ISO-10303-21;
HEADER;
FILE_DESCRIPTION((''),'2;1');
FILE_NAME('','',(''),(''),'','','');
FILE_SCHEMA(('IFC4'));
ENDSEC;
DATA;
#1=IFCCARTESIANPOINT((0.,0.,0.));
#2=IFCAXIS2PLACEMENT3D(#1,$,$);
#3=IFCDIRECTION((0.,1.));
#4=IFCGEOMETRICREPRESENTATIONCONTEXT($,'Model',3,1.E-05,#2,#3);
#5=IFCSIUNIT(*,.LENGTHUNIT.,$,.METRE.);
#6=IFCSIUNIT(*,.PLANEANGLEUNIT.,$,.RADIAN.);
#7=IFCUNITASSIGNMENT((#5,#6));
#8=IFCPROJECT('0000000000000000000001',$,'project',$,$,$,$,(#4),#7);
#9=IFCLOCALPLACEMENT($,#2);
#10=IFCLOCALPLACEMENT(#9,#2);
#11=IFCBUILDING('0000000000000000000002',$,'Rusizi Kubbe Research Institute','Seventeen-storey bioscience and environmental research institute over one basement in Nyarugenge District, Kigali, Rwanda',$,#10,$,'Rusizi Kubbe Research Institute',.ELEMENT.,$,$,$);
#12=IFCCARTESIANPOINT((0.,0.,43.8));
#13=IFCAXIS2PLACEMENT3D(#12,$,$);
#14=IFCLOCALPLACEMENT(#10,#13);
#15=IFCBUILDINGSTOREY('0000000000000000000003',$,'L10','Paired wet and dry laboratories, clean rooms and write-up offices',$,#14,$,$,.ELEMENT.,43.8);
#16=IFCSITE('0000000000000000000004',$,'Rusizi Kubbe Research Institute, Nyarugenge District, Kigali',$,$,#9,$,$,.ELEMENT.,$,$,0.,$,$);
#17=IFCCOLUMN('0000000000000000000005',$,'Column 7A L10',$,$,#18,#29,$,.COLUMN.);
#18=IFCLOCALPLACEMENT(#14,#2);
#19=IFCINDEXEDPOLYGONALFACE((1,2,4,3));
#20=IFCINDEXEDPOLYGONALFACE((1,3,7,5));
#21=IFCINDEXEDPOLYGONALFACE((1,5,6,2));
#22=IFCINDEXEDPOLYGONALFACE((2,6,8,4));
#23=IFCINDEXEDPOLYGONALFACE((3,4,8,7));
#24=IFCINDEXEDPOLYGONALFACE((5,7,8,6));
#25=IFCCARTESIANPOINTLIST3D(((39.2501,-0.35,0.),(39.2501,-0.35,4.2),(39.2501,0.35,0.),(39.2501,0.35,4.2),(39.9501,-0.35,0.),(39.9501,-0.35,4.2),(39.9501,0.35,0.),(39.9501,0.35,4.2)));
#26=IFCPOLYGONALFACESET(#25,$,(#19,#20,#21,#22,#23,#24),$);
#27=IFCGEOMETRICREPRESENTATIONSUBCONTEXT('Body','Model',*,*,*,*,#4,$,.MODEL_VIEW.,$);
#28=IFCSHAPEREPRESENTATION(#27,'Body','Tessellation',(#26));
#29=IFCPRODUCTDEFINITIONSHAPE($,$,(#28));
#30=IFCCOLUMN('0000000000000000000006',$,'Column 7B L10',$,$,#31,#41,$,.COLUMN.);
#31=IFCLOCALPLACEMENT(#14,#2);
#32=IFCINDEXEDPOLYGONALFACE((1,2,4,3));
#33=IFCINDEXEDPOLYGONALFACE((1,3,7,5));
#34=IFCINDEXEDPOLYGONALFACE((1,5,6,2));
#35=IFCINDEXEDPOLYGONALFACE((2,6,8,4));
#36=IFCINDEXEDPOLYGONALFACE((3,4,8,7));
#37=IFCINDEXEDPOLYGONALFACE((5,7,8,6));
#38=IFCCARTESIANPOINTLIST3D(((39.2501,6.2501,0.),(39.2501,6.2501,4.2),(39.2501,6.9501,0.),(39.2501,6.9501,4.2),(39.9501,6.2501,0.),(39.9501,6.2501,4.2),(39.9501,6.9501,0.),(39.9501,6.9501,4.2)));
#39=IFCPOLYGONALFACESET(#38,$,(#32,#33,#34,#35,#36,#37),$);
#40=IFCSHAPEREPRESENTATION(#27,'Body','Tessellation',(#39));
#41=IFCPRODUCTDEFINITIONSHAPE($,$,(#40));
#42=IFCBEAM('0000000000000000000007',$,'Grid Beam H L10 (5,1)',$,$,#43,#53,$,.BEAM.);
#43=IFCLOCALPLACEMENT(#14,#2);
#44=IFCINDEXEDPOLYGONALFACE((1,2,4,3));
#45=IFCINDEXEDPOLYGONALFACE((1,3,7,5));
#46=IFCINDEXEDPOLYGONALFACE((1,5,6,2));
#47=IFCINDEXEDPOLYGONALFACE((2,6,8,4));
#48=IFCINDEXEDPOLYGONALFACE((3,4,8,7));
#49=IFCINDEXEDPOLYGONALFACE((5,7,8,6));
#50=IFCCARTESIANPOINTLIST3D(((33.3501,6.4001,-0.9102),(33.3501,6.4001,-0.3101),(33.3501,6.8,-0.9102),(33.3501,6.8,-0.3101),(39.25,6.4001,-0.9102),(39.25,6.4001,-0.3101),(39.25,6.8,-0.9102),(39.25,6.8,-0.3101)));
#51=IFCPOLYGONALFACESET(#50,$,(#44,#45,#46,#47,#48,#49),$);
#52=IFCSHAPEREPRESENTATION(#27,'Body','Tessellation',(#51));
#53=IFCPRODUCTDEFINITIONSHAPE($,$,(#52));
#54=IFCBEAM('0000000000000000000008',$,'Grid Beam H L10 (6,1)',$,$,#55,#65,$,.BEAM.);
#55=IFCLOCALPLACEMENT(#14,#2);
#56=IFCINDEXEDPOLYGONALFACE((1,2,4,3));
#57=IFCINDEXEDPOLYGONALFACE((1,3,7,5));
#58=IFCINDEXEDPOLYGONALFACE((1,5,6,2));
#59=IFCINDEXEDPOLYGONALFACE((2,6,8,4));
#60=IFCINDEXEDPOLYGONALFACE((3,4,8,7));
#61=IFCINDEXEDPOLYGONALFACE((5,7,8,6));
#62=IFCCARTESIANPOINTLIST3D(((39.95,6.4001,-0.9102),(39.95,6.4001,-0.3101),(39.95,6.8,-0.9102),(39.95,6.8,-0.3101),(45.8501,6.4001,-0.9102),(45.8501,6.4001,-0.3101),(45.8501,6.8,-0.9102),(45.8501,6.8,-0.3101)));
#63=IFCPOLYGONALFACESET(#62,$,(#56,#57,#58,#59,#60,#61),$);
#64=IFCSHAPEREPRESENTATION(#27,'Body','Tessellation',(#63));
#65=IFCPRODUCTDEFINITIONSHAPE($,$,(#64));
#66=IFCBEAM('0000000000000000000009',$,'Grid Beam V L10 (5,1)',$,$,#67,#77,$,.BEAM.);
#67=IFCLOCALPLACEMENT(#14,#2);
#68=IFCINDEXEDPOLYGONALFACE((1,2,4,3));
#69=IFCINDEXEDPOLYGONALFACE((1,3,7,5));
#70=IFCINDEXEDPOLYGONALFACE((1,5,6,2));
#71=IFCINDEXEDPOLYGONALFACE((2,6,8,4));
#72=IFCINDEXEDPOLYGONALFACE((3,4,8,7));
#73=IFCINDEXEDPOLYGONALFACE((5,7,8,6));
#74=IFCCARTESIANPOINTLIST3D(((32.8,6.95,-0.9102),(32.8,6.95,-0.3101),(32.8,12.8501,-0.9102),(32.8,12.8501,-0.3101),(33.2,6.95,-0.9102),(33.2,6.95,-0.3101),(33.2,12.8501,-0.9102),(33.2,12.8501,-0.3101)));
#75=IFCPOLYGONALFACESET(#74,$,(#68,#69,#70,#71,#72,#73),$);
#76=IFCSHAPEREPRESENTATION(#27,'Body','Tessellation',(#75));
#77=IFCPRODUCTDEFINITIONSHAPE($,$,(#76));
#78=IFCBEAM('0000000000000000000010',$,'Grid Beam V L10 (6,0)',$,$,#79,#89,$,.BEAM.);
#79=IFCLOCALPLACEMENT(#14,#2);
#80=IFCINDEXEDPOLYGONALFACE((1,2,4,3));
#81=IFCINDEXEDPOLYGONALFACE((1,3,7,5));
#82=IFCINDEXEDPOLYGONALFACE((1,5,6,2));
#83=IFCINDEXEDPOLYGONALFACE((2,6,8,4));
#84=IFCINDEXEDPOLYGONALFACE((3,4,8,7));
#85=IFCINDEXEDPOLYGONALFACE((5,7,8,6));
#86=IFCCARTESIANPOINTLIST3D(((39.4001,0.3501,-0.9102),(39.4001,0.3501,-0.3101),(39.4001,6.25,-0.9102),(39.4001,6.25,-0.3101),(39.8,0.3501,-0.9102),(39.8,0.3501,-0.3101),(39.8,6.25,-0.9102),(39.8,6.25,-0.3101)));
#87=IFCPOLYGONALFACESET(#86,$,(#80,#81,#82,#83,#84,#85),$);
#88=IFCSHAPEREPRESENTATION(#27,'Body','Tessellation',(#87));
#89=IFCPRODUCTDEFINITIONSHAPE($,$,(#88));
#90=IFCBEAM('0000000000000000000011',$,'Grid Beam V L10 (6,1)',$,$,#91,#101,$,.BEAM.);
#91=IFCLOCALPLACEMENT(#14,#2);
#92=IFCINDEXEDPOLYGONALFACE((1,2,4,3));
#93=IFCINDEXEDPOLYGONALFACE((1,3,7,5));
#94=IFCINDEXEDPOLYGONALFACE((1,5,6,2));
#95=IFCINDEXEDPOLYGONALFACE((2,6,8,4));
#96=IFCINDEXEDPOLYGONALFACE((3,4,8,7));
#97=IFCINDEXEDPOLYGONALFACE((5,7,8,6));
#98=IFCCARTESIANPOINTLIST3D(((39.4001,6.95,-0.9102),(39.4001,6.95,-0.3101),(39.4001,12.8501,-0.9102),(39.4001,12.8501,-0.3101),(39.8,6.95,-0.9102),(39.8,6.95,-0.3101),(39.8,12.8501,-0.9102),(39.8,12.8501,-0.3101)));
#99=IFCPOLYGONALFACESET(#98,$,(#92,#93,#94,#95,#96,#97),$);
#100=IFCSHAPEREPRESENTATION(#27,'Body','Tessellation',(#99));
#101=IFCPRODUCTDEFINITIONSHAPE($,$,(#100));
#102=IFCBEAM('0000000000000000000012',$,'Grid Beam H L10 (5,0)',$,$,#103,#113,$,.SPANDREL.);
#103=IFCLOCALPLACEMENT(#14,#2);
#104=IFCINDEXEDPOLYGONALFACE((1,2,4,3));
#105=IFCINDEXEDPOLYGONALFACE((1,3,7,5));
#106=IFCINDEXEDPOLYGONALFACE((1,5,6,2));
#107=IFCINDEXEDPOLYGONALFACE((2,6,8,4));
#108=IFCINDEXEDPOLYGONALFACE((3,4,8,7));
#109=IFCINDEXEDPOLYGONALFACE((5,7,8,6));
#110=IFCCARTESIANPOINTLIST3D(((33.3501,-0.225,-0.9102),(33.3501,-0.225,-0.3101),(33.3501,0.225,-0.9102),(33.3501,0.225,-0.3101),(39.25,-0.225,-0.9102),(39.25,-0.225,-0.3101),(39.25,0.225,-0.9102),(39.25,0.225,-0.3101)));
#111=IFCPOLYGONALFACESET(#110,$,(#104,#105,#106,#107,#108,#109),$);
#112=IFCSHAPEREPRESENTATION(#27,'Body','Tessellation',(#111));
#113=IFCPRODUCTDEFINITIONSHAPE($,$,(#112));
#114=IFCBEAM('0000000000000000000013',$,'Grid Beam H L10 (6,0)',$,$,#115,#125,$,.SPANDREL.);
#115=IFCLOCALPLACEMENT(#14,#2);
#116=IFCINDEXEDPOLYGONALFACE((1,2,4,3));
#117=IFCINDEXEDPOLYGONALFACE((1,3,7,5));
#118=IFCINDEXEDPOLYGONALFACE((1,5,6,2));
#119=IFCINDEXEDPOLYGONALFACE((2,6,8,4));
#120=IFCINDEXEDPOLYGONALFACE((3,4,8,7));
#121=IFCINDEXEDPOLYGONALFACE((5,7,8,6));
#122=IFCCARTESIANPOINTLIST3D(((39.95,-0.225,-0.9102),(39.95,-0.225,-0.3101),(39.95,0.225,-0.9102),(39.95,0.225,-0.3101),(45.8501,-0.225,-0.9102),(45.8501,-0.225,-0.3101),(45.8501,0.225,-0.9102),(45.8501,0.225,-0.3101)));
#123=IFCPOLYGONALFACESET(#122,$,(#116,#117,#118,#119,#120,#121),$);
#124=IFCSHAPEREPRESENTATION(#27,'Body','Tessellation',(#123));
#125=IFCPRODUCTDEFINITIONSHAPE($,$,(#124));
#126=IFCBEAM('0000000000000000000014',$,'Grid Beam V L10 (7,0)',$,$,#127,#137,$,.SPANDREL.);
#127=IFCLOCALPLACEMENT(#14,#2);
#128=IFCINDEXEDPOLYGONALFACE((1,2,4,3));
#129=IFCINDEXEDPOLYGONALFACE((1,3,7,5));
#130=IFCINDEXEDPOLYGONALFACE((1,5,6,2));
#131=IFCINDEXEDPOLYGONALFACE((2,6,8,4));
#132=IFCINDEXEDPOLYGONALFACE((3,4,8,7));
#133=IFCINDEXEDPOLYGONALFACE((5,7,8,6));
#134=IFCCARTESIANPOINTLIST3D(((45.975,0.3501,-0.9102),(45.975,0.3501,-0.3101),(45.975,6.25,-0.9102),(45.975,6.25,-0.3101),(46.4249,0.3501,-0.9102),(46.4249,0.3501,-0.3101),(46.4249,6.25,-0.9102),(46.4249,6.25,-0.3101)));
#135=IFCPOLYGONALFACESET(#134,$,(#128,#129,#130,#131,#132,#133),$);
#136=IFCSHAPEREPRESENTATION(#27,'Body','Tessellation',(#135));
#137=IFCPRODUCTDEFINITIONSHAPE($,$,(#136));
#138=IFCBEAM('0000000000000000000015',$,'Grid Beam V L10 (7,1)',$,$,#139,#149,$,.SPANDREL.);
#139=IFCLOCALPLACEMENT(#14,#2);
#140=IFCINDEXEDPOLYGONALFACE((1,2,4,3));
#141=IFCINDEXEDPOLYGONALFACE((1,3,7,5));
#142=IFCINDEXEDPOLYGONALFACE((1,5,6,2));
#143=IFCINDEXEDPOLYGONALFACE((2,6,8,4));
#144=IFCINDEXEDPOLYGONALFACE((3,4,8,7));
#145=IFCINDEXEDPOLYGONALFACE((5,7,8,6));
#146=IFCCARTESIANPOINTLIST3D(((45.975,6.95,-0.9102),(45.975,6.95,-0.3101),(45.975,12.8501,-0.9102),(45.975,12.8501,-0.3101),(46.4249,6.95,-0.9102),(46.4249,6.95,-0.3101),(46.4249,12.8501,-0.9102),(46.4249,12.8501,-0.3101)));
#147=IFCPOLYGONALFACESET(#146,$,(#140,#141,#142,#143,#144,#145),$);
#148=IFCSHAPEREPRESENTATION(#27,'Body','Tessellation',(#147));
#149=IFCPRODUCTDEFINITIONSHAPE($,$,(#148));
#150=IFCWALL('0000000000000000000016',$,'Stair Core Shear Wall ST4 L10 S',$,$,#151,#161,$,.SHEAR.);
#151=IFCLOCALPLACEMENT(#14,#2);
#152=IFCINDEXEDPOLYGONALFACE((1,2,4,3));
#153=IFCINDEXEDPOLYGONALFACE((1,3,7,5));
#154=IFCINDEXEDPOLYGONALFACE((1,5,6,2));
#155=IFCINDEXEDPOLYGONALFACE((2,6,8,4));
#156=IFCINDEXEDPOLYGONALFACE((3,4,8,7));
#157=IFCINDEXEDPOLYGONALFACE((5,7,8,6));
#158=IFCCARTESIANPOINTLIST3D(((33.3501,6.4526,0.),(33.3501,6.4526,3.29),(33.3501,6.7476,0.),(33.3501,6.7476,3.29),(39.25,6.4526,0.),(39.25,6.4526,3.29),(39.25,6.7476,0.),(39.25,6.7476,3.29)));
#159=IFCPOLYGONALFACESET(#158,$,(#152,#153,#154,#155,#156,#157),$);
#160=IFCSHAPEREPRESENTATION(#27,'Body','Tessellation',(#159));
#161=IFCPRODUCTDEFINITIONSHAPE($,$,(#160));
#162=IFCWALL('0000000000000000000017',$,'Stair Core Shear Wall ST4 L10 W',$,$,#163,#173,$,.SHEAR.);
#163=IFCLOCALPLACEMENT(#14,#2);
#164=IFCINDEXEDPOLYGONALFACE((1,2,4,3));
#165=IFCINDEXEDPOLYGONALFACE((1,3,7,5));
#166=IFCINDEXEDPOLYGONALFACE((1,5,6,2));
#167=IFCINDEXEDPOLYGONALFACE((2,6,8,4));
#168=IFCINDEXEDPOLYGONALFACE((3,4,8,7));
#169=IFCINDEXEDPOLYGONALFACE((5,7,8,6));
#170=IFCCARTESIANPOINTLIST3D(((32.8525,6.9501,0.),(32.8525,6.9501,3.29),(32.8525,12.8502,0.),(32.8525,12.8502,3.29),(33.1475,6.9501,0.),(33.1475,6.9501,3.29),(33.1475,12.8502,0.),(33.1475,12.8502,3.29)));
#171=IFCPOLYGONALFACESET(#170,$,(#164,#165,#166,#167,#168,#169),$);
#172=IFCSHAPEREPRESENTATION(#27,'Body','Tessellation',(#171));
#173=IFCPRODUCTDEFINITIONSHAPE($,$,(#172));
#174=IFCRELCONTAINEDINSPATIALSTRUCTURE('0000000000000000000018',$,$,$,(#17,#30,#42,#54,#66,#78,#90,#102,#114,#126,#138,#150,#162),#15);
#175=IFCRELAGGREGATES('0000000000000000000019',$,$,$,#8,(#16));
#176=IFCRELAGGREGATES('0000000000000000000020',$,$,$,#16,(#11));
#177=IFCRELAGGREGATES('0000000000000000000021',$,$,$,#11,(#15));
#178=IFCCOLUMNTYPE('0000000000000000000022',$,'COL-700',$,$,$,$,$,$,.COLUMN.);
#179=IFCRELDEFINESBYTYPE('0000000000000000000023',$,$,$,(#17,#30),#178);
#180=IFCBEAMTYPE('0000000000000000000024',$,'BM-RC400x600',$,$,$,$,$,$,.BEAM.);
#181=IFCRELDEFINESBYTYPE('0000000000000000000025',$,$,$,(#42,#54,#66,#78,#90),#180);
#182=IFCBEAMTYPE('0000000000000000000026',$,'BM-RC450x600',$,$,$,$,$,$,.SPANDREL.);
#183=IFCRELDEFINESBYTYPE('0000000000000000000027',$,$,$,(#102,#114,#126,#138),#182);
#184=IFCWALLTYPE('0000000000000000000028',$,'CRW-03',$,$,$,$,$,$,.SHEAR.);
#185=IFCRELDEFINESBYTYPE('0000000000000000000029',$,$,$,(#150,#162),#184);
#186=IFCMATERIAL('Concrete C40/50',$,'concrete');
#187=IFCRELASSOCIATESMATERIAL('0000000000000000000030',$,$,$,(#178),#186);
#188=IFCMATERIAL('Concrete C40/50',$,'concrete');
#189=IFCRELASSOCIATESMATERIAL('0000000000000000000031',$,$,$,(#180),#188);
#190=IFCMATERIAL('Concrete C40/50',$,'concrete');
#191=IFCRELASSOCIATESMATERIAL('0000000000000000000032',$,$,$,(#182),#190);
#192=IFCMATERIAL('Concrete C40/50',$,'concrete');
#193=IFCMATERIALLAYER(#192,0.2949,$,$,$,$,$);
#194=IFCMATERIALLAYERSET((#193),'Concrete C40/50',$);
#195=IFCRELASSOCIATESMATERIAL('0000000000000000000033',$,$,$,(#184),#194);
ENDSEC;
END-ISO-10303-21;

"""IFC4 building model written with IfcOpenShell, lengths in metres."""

from ifc_helpers import new_model, si_unit, direction, frame, frame_2d, origin, origin_2d, place, context, subcontext, project, spatial, rectangle, extrude, material, layer, layer_set, material_profile, profile_set, type_object, element, save


model = new_model("IFC4")

# Units and contexts
model_context = context("Model", 3, precision=1e-05, world=origin(), true_north=direction((0.0, 1.0)))
body_context = subcontext(model_context, "Body", "Model", "MODEL_VIEW")
ifc_project = project(units=[si_unit("LENGTHUNIT", "METRE"), si_unit("PLANEANGLEUNIT", "RADIAN")], contexts=[model_context])

# Site, building, storey
site_placement = place(None, origin())
site = spatial("IfcSite", under=ifc_project, at=site_placement, Name="Rusizi Kubbe Research Institute, Nyarugenge District, Kigali", CompositionType="ELEMENT", RefElevation=0.0)
building_placement = place(site_placement, origin())
building = spatial("IfcBuilding", under=site, at=building_placement, Name="Rusizi Kubbe Research Institute", Description="Seventeen-storey bioscience and environmental research institute over one basement in Nyarugenge District, Kigali, Rwanda", LongName="Rusizi Kubbe Research Institute", CompositionType="ELEMENT")
storey_placement = place(building_placement, frame((0.0, 0.0, 43.8)))
storey = spatial("IfcBuildingStorey", under=building, at=storey_placement, Name="L10", Description="Paired wet and dry laboratories, clean rooms and write-up offices", CompositionType="ELEMENT", Elevation=43.8)

# Columns
ifc_material_1 = material(Name="Concrete C40/50", Category="concrete")
ifc_material_profile_1 = material_profile(ifc_material_1, rectangle(XDim=0.7, YDim=0.7, at=origin_2d()), Name="RC700x700")
ifc_profile_set_1 = profile_set([ifc_material_profile_1], Name="Concrete C40/50")
column_type = type_object("IfcColumnType", Name="COL-700", PredefinedType="COLUMN", material=ifc_profile_set_1)
for number, where, z_axis, x_axis, name in (
    (1, (39.6001, 0.0, 0.0), (0.0, 0.0, 1.0), (1.0, 0.0, 0.0), "Column 7A L10"),
    (2, (39.6001, 6.6001, 0.0), (0.0, 0.0, 1.0), (1.0, 0.0, 0.0), "Column 7B L10"),
):
    element("IfcColumn", number, at=place(storey_placement, frame(where, z_axis=z_axis, x_axis=x_axis)), inside=storey, type_object=column_type, Name=name, PredefinedType="COLUMN", context=body_context, shape_type="SweptSolid", body=[
        extrude(rectangle(XDim=0.7, YDim=0.7, at=origin_2d()), origin(), (0.0, 0.0, 1.0), 4.2),
    ])

# Beams
ifc_material_2 = material(Name="Concrete C40/50", Category="concrete")
ifc_material_profile_2 = material_profile(ifc_material_2, rectangle(XDim=0.3999, YDim=0.6001, at=origin_2d()), Name="RC400x600")
ifc_profile_set_2 = profile_set([ifc_material_profile_2], Name="Concrete C40/50")
beam_type_1 = type_object("IfcBeamType", Name="BM-RC400x600", PredefinedType="BEAM", material=ifc_profile_set_2)
beam_1_placement = place(storey_placement, frame((33.3501, 6.6001, -0.6101), z_axis=(1.0, 0.0, 0.0), x_axis=(0.0, 1.0, 0.0)))
element("IfcBeam", 3, at=beam_1_placement, inside=storey, type_object=beam_type_1, Name="Grid Beam H L10 (5,1)", PredefinedType="BEAM", context=body_context, shape_type="SweptSolid", body=[
    extrude(rectangle(XDim=0.3999, YDim=0.6001, at=origin_2d()), origin(), (0.0, 0.0, 1.0), 5.8999),
])
for number, where, z_axis, x_axis, name in (
    (4, (39.95, 6.6001, -0.6101), (1.0, 0.0, 0.0), (0.0, 1.0, 0.0), "Grid Beam H L10 (6,1)"),
    (5, (33.0, 6.95, -0.6101), (0.0, 1.0, 0.0), (-1.0, 0.0, 0.0), "Grid Beam V L10 (5,1)"),
):
    element("IfcBeam", number, at=place(storey_placement, frame(where, z_axis=z_axis, x_axis=x_axis)), inside=storey, type_object=beam_type_1, Name=name, PredefinedType="BEAM", context=body_context, shape_type="SweptSolid", body=[
        extrude(rectangle(XDim=0.3999, YDim=0.6001, at=origin_2d()), origin(), (0.0, 0.0, 1.0), 5.9001),
    ])
beam_2_placement = place(storey_placement, frame((39.6001, 0.3501, -0.6101), z_axis=(0.0, 1.0, 0.0), x_axis=(-1.0, 0.0, 0.0)))
element("IfcBeam", 6, at=beam_2_placement, inside=storey, type_object=beam_type_1, Name="Grid Beam V L10 (6,0)", PredefinedType="BEAM", context=body_context, shape_type="SweptSolid", body=[
    extrude(rectangle(XDim=0.3999, YDim=0.6001, at=origin_2d()), origin(), (0.0, 0.0, 1.0), 5.8999),
])
beam_3_placement = place(storey_placement, frame((39.6001, 6.95, -0.6101), z_axis=(0.0, 1.0, 0.0), x_axis=(-1.0, 0.0, 0.0)))
element("IfcBeam", 7, at=beam_3_placement, inside=storey, type_object=beam_type_1, Name="Grid Beam V L10 (6,1)", PredefinedType="BEAM", context=body_context, shape_type="SweptSolid", body=[
    extrude(rectangle(XDim=0.3999, YDim=0.6001, at=origin_2d()), origin(), (0.0, 0.0, 1.0), 5.9001),
])
ifc_material_3 = material(Name="Concrete C40/50", Category="concrete")
ifc_material_profile_3 = material_profile(ifc_material_3, rectangle(XDim=0.45, YDim=0.6001, at=origin_2d()), Name="RC450x600")
ifc_profile_set_3 = profile_set([ifc_material_profile_3], Name="Concrete C40/50")
beam_type_2 = type_object("IfcBeamType", Name="BM-RC450x600", PredefinedType="SPANDREL", material=ifc_profile_set_3)
beam_4_placement = place(storey_placement, frame((33.3501, 0.0, -0.6101), z_axis=(1.0, 0.0, 0.0), x_axis=(0.0, 1.0, 0.0)))
element("IfcBeam", 8, at=beam_4_placement, inside=storey, type_object=beam_type_2, Name="Grid Beam H L10 (5,0)", PredefinedType="SPANDREL", context=body_context, shape_type="SweptSolid", body=[
    extrude(rectangle(XDim=0.45, YDim=0.6001, at=origin_2d()), origin(), (0.0, 0.0, 1.0), 5.8999),
])
beam_5_placement = place(storey_placement, frame((39.95, 0.0, -0.6101), z_axis=(1.0, 0.0, 0.0), x_axis=(0.0, 1.0, 0.0)))
element("IfcBeam", 9, at=beam_5_placement, inside=storey, type_object=beam_type_2, Name="Grid Beam H L10 (6,0)", PredefinedType="SPANDREL", context=body_context, shape_type="SweptSolid", body=[
    extrude(rectangle(XDim=0.45, YDim=0.6001, at=origin_2d()), origin(), (0.0, 0.0, 1.0), 5.9001),
])
beam_6_placement = place(storey_placement, frame((46.2, 0.3501, -0.6101), z_axis=(0.0, 1.0, 0.0), x_axis=(-1.0, 0.0, 0.0)))
element("IfcBeam", 10, at=beam_6_placement, inside=storey, type_object=beam_type_2, Name="Grid Beam V L10 (7,0)", PredefinedType="SPANDREL", context=body_context, shape_type="SweptSolid", body=[
    extrude(rectangle(XDim=0.45, YDim=0.6001, at=origin_2d()), origin(), (0.0, 0.0, 1.0), 5.8999),
])
beam_7_placement = place(storey_placement, frame((46.2, 6.95, -0.6101), z_axis=(0.0, 1.0, 0.0), x_axis=(-1.0, 0.0, 0.0)))
element("IfcBeam", 11, at=beam_7_placement, inside=storey, type_object=beam_type_2, Name="Grid Beam V L10 (7,1)", PredefinedType="SPANDREL", context=body_context, shape_type="SweptSolid", body=[
    extrude(rectangle(XDim=0.45, YDim=0.6001, at=origin_2d()), origin(), (0.0, 0.0, 1.0), 5.9001),
])

# Walls
ifc_material_4 = material(Name="Concrete C40/50", Category="concrete")
ifc_layer_1 = layer(ifc_material_4, 0.2949)
ifc_layer_set_1 = layer_set([ifc_layer_1], Name="Concrete C40/50")
wall_type_1 = type_object("IfcWallType", Name="CRW-03", PredefinedType="SHEAR", material=ifc_layer_set_1)
wall_1_placement = place(storey_placement, frame((33.3501, 6.6001, 0.0), z_axis=(0.0, 0.0, 1.0), x_axis=(1.0, 0.0, 0.0)))
element("IfcWall", 12, at=wall_1_placement, inside=storey, type_object=wall_type_1, Name="Stair Core Shear Wall ST4 L10 S", PredefinedType="SHEAR", context=body_context, shape_type="SweptSolid", body=[
    extrude(rectangle(XDim=5.8999, YDim=0.2949, at=frame_2d((2.95, 0.0))), origin(), (0.0, 0.0, 1.0), 3.29),
])
wall_2_placement = place(storey_placement, frame((33.0, 6.95, 0.0), z_axis=(0.0, 0.0, 1.0), x_axis=(0.0, 1.0, 0.0)))
element("IfcWall", 13, at=wall_2_placement, inside=storey, type_object=wall_type_1, Name="Stair Core Shear Wall ST4 L10 W", PredefinedType="SHEAR", context=body_context, shape_type="SweptSolid", body=[
    extrude(rectangle(XDim=5.9001, YDim=0.2949, at=frame_2d((2.9502, 0.0))), origin(), (0.0, 0.0, 1.0), 3.29),
])

save(model, "model.ifc")
